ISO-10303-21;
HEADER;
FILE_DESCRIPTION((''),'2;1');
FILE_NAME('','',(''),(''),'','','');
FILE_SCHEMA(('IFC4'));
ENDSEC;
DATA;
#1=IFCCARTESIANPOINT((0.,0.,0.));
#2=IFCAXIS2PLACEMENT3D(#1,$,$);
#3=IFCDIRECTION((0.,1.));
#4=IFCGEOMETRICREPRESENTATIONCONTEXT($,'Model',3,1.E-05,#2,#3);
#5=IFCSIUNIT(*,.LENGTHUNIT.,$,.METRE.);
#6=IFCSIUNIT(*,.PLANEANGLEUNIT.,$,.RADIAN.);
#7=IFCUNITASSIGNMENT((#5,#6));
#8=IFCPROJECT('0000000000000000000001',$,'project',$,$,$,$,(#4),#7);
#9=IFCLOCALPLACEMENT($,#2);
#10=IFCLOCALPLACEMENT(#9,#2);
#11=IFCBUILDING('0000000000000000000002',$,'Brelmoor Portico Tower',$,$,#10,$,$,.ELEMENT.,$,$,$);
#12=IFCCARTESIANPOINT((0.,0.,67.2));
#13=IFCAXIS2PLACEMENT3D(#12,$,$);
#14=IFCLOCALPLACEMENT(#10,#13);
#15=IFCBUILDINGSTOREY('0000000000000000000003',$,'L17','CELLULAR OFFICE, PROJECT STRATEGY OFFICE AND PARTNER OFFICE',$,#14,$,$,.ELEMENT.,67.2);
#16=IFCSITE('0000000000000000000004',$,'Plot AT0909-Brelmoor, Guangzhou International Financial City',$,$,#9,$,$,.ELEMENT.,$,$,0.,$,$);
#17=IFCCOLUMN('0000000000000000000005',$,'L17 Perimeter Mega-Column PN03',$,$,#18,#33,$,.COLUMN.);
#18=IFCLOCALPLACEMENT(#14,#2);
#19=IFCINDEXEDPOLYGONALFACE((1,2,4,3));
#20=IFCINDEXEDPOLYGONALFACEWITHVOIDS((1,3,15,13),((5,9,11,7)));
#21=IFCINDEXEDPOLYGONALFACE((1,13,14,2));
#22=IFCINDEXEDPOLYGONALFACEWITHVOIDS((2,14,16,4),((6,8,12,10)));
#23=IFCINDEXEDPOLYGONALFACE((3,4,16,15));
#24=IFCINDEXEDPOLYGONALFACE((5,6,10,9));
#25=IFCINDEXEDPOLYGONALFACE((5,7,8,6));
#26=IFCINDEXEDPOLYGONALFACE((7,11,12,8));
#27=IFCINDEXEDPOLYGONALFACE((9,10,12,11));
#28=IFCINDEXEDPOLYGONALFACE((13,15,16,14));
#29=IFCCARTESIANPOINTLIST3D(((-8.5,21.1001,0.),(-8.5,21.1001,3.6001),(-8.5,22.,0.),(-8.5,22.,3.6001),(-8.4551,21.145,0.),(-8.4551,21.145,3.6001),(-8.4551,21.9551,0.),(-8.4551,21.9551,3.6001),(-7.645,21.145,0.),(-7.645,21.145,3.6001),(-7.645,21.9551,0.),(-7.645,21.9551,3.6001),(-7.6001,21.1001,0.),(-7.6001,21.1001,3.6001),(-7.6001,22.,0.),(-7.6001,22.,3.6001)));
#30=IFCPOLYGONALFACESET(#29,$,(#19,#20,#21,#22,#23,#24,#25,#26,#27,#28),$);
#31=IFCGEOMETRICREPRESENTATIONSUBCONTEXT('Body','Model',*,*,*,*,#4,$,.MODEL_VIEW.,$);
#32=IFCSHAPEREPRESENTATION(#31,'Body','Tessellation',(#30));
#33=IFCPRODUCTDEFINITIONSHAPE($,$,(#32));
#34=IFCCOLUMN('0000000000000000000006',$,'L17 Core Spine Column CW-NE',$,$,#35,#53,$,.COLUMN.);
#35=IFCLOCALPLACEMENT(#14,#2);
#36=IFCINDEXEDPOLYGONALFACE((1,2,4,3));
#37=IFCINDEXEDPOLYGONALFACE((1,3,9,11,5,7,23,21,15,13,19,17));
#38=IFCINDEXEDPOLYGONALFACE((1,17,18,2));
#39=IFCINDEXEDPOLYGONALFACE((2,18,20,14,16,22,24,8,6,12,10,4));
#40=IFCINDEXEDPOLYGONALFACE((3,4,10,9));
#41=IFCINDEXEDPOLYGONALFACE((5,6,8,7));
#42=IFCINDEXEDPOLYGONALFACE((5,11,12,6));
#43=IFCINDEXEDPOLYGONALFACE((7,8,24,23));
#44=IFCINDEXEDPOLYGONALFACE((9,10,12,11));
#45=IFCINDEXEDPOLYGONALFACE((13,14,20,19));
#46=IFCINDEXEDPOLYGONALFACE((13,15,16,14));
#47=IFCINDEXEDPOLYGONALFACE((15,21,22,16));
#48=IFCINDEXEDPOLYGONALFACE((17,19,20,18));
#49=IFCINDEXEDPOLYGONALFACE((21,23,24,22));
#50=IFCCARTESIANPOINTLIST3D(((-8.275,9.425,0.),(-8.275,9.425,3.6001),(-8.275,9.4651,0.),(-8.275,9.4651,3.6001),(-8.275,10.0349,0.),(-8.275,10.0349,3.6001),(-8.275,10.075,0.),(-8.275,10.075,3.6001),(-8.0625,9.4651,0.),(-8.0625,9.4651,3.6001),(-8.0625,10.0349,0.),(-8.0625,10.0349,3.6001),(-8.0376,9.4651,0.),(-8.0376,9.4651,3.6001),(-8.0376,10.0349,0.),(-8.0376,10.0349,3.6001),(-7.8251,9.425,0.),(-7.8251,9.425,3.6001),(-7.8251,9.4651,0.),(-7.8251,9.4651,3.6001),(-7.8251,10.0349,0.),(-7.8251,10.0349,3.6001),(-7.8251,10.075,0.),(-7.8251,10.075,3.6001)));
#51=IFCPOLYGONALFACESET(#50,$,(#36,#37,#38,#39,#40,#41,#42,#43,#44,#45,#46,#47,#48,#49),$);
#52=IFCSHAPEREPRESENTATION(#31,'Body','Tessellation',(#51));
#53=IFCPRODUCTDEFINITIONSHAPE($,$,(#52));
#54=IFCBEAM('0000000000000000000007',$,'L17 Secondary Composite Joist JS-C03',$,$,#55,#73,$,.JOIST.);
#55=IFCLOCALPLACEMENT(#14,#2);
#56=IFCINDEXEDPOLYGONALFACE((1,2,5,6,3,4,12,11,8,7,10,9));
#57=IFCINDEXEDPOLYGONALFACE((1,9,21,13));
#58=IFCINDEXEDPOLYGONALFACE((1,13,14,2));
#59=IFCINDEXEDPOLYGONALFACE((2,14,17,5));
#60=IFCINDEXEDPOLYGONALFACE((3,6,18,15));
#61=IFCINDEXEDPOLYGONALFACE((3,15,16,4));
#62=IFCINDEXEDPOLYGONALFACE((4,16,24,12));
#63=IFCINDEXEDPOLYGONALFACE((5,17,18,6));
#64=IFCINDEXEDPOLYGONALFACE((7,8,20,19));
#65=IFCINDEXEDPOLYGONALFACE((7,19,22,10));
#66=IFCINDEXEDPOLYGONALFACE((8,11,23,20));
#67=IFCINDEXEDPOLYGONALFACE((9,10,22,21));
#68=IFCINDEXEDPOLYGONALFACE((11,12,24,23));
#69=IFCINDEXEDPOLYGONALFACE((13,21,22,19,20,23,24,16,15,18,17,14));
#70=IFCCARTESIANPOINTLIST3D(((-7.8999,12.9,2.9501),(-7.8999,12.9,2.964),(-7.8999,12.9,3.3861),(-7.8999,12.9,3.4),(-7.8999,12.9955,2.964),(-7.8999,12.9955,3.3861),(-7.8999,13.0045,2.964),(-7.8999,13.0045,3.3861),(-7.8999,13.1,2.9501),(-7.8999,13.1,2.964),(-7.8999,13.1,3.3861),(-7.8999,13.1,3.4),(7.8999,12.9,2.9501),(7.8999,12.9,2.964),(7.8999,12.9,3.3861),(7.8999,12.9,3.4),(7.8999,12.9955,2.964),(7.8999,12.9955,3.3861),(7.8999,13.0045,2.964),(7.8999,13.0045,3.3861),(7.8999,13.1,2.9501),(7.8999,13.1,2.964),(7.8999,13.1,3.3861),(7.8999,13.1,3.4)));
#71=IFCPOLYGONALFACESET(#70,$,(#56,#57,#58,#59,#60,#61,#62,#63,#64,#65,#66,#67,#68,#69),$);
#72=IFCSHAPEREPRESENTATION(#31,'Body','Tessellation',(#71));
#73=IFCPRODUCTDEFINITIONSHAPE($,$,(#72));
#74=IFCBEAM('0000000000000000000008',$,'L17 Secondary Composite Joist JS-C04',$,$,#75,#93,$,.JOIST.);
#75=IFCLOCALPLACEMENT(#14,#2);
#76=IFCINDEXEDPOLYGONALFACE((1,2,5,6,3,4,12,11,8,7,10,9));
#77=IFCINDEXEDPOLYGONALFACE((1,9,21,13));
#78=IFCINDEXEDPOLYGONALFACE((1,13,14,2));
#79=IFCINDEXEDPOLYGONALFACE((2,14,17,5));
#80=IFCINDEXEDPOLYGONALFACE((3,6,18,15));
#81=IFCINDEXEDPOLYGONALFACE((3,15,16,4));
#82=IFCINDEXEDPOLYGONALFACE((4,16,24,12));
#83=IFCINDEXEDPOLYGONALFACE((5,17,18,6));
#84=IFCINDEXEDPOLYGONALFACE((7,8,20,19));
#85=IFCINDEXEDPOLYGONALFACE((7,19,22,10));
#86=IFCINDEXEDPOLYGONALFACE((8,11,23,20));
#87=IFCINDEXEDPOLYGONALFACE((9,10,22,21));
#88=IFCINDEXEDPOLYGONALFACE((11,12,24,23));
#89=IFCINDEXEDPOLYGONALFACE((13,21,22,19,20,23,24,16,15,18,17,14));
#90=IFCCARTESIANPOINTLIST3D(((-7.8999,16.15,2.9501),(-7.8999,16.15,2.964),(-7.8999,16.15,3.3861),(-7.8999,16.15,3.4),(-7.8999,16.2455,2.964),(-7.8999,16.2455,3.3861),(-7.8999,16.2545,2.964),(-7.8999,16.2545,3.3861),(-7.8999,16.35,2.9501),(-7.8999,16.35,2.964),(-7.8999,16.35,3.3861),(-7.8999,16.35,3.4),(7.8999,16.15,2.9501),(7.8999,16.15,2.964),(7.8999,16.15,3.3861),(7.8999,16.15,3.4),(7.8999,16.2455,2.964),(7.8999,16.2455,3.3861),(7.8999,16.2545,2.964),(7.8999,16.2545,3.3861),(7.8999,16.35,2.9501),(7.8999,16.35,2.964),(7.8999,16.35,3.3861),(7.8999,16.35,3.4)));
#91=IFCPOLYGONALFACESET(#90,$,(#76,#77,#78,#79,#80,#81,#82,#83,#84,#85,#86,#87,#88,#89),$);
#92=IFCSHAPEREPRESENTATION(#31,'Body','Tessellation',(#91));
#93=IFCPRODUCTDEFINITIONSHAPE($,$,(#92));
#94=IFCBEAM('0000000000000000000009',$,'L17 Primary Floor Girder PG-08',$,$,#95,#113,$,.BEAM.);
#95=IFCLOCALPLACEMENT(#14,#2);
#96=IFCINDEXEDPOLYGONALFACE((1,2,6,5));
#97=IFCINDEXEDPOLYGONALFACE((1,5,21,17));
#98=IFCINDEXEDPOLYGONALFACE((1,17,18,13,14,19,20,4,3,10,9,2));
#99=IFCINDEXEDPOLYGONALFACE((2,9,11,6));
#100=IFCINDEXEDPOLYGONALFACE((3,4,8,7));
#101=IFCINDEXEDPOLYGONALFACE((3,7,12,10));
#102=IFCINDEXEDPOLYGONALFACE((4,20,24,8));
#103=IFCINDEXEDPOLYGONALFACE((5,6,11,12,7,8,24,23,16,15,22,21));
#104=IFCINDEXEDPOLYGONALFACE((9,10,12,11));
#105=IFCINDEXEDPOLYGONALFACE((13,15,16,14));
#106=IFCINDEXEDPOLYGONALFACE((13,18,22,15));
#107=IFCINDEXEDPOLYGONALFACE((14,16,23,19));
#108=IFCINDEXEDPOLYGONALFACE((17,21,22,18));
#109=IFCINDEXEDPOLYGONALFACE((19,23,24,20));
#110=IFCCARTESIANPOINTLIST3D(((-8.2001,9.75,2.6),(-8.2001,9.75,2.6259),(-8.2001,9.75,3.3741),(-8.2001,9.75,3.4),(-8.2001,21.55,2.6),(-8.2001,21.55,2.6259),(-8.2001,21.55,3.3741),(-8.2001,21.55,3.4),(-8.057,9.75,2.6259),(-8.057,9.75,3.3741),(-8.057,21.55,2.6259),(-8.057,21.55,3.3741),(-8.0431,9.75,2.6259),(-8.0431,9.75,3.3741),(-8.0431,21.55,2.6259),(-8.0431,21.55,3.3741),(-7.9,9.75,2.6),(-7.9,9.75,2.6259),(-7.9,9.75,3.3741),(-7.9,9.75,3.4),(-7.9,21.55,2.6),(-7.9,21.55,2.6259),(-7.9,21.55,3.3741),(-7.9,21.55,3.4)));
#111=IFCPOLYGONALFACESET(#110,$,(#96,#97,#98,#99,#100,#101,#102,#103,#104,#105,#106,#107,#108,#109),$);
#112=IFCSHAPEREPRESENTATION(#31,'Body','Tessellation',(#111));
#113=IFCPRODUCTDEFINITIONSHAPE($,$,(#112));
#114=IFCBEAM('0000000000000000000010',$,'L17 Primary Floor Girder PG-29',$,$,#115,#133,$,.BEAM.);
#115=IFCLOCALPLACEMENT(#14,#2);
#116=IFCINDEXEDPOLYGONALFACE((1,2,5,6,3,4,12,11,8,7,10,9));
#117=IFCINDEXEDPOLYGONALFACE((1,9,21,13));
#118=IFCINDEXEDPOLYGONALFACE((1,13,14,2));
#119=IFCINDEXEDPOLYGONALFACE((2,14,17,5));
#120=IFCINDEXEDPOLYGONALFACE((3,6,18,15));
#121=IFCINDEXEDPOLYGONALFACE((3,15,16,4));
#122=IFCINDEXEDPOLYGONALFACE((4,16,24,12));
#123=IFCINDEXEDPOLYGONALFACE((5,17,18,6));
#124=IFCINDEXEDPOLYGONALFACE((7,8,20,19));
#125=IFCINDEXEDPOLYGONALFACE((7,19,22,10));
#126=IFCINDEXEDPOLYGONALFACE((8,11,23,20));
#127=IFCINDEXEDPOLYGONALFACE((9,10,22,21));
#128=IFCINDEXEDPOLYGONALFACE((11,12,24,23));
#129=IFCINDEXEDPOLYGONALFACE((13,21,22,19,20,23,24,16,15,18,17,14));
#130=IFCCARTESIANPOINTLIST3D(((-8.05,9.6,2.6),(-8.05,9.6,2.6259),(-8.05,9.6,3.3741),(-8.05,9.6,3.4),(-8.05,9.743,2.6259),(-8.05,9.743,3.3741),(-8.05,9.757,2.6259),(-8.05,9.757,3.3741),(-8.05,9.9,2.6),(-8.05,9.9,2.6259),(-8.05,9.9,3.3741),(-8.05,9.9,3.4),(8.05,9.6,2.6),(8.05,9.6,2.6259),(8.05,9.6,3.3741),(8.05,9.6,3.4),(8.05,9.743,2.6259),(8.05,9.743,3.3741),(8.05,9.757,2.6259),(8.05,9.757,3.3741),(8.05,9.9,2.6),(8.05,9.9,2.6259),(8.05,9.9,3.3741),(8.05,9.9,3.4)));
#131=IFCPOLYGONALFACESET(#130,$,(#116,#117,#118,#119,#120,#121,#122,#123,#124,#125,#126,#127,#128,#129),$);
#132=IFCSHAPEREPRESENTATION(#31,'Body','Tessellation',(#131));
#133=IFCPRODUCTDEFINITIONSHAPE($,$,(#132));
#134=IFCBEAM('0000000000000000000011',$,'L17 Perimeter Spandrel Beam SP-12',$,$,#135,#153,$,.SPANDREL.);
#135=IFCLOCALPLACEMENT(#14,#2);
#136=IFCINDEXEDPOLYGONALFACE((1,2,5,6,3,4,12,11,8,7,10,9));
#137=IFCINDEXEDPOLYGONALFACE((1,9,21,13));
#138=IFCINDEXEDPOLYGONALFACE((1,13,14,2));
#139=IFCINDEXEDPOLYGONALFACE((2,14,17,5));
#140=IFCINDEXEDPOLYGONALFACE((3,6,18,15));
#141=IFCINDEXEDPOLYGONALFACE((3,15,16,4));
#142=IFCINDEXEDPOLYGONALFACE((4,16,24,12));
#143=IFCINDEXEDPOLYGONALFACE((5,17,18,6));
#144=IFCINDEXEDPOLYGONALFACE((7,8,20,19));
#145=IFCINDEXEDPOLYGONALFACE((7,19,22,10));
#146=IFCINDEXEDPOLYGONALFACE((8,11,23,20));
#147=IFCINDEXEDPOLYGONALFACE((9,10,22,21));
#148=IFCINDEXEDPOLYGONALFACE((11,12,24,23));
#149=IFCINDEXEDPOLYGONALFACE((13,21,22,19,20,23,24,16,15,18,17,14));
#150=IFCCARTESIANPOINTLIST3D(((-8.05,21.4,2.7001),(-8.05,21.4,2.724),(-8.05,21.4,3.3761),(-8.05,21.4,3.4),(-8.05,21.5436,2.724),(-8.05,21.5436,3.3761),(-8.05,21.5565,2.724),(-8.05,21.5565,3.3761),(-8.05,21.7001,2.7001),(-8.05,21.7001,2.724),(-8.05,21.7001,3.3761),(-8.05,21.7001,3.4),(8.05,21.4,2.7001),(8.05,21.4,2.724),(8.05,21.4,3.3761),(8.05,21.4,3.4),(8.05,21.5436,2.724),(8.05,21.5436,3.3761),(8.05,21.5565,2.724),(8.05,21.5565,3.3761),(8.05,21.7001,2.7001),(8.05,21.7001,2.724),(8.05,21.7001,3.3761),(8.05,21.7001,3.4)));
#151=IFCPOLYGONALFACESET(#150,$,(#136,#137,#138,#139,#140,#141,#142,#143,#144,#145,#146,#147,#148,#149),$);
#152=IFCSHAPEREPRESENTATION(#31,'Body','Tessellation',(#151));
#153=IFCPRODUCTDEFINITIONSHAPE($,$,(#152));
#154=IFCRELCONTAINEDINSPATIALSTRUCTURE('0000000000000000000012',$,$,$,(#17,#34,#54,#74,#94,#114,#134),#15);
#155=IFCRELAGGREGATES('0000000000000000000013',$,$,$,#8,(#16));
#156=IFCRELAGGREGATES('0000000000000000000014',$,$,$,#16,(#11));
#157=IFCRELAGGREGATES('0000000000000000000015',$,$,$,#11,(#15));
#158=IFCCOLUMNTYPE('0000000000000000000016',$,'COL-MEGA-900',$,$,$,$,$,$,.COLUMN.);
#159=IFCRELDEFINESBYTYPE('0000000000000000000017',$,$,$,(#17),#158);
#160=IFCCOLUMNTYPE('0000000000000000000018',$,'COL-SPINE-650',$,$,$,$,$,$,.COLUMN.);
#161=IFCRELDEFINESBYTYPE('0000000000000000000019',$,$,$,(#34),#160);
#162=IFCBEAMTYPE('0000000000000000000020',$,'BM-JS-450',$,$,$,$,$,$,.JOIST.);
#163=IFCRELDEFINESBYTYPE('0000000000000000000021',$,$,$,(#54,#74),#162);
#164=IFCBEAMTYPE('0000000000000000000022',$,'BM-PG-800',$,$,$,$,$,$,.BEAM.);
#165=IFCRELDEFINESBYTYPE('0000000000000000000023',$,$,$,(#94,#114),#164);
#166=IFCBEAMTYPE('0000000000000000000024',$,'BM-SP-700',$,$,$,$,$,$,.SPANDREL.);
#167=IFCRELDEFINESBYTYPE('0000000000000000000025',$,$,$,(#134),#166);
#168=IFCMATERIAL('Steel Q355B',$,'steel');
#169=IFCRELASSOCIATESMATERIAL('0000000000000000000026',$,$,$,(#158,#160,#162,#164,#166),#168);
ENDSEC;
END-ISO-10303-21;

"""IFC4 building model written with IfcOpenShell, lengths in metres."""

from ifc_helpers import new_model, si_unit, direction, frame, origin, origin_2d, place, context, subcontext, project, spatial, hollow_rectangle, i_section, extrude, material, material_profile, profile_set, type_object, element, save


model = new_model("IFC4")

# Units and contexts
model_context = context("Model", 3, precision=1e-05, world=origin(), true_north=direction((0.0, 1.0)))
body_context = subcontext(model_context, "Body", "Model", "MODEL_VIEW")
ifc_project = project(units=[si_unit("LENGTHUNIT", "METRE"), si_unit("PLANEANGLEUNIT", "RADIAN")], contexts=[model_context])

# Site, building, storey
site_placement = place(None, origin())
site = spatial("IfcSite", under=ifc_project, at=site_placement, Name="Plot AT0909-Brelmoor, Guangzhou International Financial City", CompositionType="ELEMENT", RefElevation=0.0)
building_placement = place(site_placement, origin())
building = spatial("IfcBuilding", under=site, at=building_placement, Name="Brelmoor Portico Tower", CompositionType="ELEMENT")
storey_placement = place(building_placement, frame((0.0, 0.0, 67.2)))
storey = spatial("IfcBuildingStorey", under=building, at=storey_placement, Name="L17", Description="CELLULAR OFFICE, PROJECT STRATEGY OFFICE AND PARTNER OFFICE", CompositionType="ELEMENT", Elevation=67.2)

# Columns
ifc_material_1 = material(Name="Steel Q355B", Category="steel")
ifc_material_profile_1 = material_profile(ifc_material_1, hollow_rectangle(XDim=0.8999, YDim=0.8999, WallThickness=0.0449, at=origin_2d()), Name="BOX 900x900x45")
ifc_profile_set_1 = profile_set([ifc_material_profile_1], Name="Steel Q355B")
column_type_1 = type_object("IfcColumnType", Name="COL-MEGA-900", PredefinedType="COLUMN", material=ifc_profile_set_1)
column_1_placement = place(storey_placement, frame((-8.05, 21.55, 0.0), z_axis=(0.0, 0.0, 1.0), x_axis=(1.0, 0.0, 0.0)))
element("IfcColumn", 1, at=column_1_placement, inside=storey, type_object=column_type_1, Name="L17 Perimeter Mega-Column PN03", PredefinedType="COLUMN", context=body_context, shape_type="SweptSolid", body=[
    extrude(hollow_rectangle(XDim=0.8999, YDim=0.8999, WallThickness=0.0449, at=origin_2d()), origin(), (0.0, 0.0, 1.0), 3.6001),
])
ifc_material_profile_2 = material_profile(ifc_material_1, i_section(OverallWidth=0.45, OverallDepth=0.6499, WebThickness=0.0249, FlangeThickness=0.04, at=origin_2d()), Name="HW 650x450x25x40")
ifc_profile_set_2 = profile_set([ifc_material_profile_2], Name="Steel Q355B")
column_type_2 = type_object("IfcColumnType", Name="COL-SPINE-650", PredefinedType="COLUMN", material=ifc_profile_set_2)
column_2_placement = place(storey_placement, frame((-8.05, 9.75, 0.0), z_axis=(0.0, 0.0, 1.0), x_axis=(1.0, 0.0, 0.0)))
element("IfcColumn", 2, at=column_2_placement, inside=storey, type_object=column_type_2, Name="L17 Core Spine Column CW-NE", PredefinedType="COLUMN", context=body_context, shape_type="SweptSolid", body=[
    extrude(i_section(OverallWidth=0.45, OverallDepth=0.6499, WebThickness=0.0249, FlangeThickness=0.04, at=origin_2d()), origin(), (0.0, 0.0, 1.0), 3.6001),
])

# Beams
ifc_material_profile_3 = material_profile(ifc_material_1, i_section(OverallWidth=0.2, OverallDepth=0.45, WebThickness=0.009, FlangeThickness=0.0139, at=origin_2d()), Name="HN 450x200x9x14")
ifc_profile_set_3 = profile_set([ifc_material_profile_3], Name="Steel Q355B")
beam_type_1 = type_object("IfcBeamType", Name="BM-JS-450", PredefinedType="JOIST", material=ifc_profile_set_3)
for number, where, z_axis, x_axis, name in (
    (3, (-7.8999, 13.0, 3.175), (1.0, 0.0, 0.0), (0.0, 1.0, 0.0), "L17 Secondary Composite Joist JS-C03"),
    (4, (-7.8999, 16.25, 3.175), (1.0, 0.0, 0.0), (0.0, 1.0, 0.0), "L17 Secondary Composite Joist JS-C04"),
):
    element("IfcBeam", number, at=place(storey_placement, frame(where, z_axis=z_axis, x_axis=x_axis)), inside=storey, type_object=beam_type_1, Name=name, PredefinedType="JOIST", context=body_context, shape_type="SweptSolid", body=[
        extrude(i_section(OverallWidth=0.2, OverallDepth=0.45, WebThickness=0.009, FlangeThickness=0.0139, at=origin_2d()), origin(), (0.0, 0.0, 1.0), 15.7998),
    ])
ifc_material_profile_4 = material_profile(ifc_material_1, i_section(OverallWidth=0.3, OverallDepth=0.8, WebThickness=0.0139, FlangeThickness=0.0259, at=origin_2d()), Name="HN 800x300x14x26")
ifc_profile_set_4 = profile_set([ifc_material_profile_4], Name="Steel Q355B")
beam_type_2 = type_object("IfcBeamType", Name="BM-PG-800", PredefinedType="BEAM", material=ifc_profile_set_4)
beam_1_placement = place(storey_placement, frame((-8.05, 9.75, 3.0), z_axis=(0.0, 1.0, 0.0), x_axis=(-1.0, 0.0, 0.0)))
element("IfcBeam", 5, at=beam_1_placement, inside=storey, type_object=beam_type_2, Name="L17 Primary Floor Girder PG-08", PredefinedType="BEAM", context=body_context, shape_type="SweptSolid", body=[
    extrude(i_section(OverallWidth=0.3, OverallDepth=0.8, WebThickness=0.0139, FlangeThickness=0.0259, at=origin_2d()), origin(), (0.0, 0.0, 1.0), 11.8),
])
beam_2_placement = place(storey_placement, frame((-8.05, 9.75, 3.0), z_axis=(1.0, 0.0, 0.0), x_axis=(0.0, 1.0, 0.0)))
element("IfcBeam", 6, at=beam_2_placement, inside=storey, type_object=beam_type_2, Name="L17 Primary Floor Girder PG-29", PredefinedType="BEAM", context=body_context, shape_type="SweptSolid", body=[
    extrude(i_section(OverallWidth=0.3, OverallDepth=0.8, WebThickness=0.0139, FlangeThickness=0.0259, at=origin_2d()), origin(), (0.0, 0.0, 1.0), 16.1001),
])
ifc_material_profile_5 = material_profile(ifc_material_1, i_section(OverallWidth=0.3, OverallDepth=0.7, WebThickness=0.0129, FlangeThickness=0.0239, at=origin_2d()), Name="HN 700x300x13x24")
ifc_profile_set_5 = profile_set([ifc_material_profile_5], Name="Steel Q355B")
beam_type_3 = type_object("IfcBeamType", Name="BM-SP-700", PredefinedType="SPANDREL", material=ifc_profile_set_5)
beam_3_placement = place(storey_placement, frame((-8.05, 21.55, 3.05), z_axis=(1.0, 0.0, 0.0), x_axis=(0.0, 1.0, 0.0)))
element("IfcBeam", 7, at=beam_3_placement, inside=storey, type_object=beam_type_3, Name="L17 Perimeter Spandrel Beam SP-12", PredefinedType="SPANDREL", context=body_context, shape_type="SweptSolid", body=[
    extrude(i_section(OverallWidth=0.3, OverallDepth=0.7, WebThickness=0.0129, FlangeThickness=0.0239, at=origin_2d()), origin(), (0.0, 0.0, 1.0), 16.1001),
])

save(model, "model.ifc")
